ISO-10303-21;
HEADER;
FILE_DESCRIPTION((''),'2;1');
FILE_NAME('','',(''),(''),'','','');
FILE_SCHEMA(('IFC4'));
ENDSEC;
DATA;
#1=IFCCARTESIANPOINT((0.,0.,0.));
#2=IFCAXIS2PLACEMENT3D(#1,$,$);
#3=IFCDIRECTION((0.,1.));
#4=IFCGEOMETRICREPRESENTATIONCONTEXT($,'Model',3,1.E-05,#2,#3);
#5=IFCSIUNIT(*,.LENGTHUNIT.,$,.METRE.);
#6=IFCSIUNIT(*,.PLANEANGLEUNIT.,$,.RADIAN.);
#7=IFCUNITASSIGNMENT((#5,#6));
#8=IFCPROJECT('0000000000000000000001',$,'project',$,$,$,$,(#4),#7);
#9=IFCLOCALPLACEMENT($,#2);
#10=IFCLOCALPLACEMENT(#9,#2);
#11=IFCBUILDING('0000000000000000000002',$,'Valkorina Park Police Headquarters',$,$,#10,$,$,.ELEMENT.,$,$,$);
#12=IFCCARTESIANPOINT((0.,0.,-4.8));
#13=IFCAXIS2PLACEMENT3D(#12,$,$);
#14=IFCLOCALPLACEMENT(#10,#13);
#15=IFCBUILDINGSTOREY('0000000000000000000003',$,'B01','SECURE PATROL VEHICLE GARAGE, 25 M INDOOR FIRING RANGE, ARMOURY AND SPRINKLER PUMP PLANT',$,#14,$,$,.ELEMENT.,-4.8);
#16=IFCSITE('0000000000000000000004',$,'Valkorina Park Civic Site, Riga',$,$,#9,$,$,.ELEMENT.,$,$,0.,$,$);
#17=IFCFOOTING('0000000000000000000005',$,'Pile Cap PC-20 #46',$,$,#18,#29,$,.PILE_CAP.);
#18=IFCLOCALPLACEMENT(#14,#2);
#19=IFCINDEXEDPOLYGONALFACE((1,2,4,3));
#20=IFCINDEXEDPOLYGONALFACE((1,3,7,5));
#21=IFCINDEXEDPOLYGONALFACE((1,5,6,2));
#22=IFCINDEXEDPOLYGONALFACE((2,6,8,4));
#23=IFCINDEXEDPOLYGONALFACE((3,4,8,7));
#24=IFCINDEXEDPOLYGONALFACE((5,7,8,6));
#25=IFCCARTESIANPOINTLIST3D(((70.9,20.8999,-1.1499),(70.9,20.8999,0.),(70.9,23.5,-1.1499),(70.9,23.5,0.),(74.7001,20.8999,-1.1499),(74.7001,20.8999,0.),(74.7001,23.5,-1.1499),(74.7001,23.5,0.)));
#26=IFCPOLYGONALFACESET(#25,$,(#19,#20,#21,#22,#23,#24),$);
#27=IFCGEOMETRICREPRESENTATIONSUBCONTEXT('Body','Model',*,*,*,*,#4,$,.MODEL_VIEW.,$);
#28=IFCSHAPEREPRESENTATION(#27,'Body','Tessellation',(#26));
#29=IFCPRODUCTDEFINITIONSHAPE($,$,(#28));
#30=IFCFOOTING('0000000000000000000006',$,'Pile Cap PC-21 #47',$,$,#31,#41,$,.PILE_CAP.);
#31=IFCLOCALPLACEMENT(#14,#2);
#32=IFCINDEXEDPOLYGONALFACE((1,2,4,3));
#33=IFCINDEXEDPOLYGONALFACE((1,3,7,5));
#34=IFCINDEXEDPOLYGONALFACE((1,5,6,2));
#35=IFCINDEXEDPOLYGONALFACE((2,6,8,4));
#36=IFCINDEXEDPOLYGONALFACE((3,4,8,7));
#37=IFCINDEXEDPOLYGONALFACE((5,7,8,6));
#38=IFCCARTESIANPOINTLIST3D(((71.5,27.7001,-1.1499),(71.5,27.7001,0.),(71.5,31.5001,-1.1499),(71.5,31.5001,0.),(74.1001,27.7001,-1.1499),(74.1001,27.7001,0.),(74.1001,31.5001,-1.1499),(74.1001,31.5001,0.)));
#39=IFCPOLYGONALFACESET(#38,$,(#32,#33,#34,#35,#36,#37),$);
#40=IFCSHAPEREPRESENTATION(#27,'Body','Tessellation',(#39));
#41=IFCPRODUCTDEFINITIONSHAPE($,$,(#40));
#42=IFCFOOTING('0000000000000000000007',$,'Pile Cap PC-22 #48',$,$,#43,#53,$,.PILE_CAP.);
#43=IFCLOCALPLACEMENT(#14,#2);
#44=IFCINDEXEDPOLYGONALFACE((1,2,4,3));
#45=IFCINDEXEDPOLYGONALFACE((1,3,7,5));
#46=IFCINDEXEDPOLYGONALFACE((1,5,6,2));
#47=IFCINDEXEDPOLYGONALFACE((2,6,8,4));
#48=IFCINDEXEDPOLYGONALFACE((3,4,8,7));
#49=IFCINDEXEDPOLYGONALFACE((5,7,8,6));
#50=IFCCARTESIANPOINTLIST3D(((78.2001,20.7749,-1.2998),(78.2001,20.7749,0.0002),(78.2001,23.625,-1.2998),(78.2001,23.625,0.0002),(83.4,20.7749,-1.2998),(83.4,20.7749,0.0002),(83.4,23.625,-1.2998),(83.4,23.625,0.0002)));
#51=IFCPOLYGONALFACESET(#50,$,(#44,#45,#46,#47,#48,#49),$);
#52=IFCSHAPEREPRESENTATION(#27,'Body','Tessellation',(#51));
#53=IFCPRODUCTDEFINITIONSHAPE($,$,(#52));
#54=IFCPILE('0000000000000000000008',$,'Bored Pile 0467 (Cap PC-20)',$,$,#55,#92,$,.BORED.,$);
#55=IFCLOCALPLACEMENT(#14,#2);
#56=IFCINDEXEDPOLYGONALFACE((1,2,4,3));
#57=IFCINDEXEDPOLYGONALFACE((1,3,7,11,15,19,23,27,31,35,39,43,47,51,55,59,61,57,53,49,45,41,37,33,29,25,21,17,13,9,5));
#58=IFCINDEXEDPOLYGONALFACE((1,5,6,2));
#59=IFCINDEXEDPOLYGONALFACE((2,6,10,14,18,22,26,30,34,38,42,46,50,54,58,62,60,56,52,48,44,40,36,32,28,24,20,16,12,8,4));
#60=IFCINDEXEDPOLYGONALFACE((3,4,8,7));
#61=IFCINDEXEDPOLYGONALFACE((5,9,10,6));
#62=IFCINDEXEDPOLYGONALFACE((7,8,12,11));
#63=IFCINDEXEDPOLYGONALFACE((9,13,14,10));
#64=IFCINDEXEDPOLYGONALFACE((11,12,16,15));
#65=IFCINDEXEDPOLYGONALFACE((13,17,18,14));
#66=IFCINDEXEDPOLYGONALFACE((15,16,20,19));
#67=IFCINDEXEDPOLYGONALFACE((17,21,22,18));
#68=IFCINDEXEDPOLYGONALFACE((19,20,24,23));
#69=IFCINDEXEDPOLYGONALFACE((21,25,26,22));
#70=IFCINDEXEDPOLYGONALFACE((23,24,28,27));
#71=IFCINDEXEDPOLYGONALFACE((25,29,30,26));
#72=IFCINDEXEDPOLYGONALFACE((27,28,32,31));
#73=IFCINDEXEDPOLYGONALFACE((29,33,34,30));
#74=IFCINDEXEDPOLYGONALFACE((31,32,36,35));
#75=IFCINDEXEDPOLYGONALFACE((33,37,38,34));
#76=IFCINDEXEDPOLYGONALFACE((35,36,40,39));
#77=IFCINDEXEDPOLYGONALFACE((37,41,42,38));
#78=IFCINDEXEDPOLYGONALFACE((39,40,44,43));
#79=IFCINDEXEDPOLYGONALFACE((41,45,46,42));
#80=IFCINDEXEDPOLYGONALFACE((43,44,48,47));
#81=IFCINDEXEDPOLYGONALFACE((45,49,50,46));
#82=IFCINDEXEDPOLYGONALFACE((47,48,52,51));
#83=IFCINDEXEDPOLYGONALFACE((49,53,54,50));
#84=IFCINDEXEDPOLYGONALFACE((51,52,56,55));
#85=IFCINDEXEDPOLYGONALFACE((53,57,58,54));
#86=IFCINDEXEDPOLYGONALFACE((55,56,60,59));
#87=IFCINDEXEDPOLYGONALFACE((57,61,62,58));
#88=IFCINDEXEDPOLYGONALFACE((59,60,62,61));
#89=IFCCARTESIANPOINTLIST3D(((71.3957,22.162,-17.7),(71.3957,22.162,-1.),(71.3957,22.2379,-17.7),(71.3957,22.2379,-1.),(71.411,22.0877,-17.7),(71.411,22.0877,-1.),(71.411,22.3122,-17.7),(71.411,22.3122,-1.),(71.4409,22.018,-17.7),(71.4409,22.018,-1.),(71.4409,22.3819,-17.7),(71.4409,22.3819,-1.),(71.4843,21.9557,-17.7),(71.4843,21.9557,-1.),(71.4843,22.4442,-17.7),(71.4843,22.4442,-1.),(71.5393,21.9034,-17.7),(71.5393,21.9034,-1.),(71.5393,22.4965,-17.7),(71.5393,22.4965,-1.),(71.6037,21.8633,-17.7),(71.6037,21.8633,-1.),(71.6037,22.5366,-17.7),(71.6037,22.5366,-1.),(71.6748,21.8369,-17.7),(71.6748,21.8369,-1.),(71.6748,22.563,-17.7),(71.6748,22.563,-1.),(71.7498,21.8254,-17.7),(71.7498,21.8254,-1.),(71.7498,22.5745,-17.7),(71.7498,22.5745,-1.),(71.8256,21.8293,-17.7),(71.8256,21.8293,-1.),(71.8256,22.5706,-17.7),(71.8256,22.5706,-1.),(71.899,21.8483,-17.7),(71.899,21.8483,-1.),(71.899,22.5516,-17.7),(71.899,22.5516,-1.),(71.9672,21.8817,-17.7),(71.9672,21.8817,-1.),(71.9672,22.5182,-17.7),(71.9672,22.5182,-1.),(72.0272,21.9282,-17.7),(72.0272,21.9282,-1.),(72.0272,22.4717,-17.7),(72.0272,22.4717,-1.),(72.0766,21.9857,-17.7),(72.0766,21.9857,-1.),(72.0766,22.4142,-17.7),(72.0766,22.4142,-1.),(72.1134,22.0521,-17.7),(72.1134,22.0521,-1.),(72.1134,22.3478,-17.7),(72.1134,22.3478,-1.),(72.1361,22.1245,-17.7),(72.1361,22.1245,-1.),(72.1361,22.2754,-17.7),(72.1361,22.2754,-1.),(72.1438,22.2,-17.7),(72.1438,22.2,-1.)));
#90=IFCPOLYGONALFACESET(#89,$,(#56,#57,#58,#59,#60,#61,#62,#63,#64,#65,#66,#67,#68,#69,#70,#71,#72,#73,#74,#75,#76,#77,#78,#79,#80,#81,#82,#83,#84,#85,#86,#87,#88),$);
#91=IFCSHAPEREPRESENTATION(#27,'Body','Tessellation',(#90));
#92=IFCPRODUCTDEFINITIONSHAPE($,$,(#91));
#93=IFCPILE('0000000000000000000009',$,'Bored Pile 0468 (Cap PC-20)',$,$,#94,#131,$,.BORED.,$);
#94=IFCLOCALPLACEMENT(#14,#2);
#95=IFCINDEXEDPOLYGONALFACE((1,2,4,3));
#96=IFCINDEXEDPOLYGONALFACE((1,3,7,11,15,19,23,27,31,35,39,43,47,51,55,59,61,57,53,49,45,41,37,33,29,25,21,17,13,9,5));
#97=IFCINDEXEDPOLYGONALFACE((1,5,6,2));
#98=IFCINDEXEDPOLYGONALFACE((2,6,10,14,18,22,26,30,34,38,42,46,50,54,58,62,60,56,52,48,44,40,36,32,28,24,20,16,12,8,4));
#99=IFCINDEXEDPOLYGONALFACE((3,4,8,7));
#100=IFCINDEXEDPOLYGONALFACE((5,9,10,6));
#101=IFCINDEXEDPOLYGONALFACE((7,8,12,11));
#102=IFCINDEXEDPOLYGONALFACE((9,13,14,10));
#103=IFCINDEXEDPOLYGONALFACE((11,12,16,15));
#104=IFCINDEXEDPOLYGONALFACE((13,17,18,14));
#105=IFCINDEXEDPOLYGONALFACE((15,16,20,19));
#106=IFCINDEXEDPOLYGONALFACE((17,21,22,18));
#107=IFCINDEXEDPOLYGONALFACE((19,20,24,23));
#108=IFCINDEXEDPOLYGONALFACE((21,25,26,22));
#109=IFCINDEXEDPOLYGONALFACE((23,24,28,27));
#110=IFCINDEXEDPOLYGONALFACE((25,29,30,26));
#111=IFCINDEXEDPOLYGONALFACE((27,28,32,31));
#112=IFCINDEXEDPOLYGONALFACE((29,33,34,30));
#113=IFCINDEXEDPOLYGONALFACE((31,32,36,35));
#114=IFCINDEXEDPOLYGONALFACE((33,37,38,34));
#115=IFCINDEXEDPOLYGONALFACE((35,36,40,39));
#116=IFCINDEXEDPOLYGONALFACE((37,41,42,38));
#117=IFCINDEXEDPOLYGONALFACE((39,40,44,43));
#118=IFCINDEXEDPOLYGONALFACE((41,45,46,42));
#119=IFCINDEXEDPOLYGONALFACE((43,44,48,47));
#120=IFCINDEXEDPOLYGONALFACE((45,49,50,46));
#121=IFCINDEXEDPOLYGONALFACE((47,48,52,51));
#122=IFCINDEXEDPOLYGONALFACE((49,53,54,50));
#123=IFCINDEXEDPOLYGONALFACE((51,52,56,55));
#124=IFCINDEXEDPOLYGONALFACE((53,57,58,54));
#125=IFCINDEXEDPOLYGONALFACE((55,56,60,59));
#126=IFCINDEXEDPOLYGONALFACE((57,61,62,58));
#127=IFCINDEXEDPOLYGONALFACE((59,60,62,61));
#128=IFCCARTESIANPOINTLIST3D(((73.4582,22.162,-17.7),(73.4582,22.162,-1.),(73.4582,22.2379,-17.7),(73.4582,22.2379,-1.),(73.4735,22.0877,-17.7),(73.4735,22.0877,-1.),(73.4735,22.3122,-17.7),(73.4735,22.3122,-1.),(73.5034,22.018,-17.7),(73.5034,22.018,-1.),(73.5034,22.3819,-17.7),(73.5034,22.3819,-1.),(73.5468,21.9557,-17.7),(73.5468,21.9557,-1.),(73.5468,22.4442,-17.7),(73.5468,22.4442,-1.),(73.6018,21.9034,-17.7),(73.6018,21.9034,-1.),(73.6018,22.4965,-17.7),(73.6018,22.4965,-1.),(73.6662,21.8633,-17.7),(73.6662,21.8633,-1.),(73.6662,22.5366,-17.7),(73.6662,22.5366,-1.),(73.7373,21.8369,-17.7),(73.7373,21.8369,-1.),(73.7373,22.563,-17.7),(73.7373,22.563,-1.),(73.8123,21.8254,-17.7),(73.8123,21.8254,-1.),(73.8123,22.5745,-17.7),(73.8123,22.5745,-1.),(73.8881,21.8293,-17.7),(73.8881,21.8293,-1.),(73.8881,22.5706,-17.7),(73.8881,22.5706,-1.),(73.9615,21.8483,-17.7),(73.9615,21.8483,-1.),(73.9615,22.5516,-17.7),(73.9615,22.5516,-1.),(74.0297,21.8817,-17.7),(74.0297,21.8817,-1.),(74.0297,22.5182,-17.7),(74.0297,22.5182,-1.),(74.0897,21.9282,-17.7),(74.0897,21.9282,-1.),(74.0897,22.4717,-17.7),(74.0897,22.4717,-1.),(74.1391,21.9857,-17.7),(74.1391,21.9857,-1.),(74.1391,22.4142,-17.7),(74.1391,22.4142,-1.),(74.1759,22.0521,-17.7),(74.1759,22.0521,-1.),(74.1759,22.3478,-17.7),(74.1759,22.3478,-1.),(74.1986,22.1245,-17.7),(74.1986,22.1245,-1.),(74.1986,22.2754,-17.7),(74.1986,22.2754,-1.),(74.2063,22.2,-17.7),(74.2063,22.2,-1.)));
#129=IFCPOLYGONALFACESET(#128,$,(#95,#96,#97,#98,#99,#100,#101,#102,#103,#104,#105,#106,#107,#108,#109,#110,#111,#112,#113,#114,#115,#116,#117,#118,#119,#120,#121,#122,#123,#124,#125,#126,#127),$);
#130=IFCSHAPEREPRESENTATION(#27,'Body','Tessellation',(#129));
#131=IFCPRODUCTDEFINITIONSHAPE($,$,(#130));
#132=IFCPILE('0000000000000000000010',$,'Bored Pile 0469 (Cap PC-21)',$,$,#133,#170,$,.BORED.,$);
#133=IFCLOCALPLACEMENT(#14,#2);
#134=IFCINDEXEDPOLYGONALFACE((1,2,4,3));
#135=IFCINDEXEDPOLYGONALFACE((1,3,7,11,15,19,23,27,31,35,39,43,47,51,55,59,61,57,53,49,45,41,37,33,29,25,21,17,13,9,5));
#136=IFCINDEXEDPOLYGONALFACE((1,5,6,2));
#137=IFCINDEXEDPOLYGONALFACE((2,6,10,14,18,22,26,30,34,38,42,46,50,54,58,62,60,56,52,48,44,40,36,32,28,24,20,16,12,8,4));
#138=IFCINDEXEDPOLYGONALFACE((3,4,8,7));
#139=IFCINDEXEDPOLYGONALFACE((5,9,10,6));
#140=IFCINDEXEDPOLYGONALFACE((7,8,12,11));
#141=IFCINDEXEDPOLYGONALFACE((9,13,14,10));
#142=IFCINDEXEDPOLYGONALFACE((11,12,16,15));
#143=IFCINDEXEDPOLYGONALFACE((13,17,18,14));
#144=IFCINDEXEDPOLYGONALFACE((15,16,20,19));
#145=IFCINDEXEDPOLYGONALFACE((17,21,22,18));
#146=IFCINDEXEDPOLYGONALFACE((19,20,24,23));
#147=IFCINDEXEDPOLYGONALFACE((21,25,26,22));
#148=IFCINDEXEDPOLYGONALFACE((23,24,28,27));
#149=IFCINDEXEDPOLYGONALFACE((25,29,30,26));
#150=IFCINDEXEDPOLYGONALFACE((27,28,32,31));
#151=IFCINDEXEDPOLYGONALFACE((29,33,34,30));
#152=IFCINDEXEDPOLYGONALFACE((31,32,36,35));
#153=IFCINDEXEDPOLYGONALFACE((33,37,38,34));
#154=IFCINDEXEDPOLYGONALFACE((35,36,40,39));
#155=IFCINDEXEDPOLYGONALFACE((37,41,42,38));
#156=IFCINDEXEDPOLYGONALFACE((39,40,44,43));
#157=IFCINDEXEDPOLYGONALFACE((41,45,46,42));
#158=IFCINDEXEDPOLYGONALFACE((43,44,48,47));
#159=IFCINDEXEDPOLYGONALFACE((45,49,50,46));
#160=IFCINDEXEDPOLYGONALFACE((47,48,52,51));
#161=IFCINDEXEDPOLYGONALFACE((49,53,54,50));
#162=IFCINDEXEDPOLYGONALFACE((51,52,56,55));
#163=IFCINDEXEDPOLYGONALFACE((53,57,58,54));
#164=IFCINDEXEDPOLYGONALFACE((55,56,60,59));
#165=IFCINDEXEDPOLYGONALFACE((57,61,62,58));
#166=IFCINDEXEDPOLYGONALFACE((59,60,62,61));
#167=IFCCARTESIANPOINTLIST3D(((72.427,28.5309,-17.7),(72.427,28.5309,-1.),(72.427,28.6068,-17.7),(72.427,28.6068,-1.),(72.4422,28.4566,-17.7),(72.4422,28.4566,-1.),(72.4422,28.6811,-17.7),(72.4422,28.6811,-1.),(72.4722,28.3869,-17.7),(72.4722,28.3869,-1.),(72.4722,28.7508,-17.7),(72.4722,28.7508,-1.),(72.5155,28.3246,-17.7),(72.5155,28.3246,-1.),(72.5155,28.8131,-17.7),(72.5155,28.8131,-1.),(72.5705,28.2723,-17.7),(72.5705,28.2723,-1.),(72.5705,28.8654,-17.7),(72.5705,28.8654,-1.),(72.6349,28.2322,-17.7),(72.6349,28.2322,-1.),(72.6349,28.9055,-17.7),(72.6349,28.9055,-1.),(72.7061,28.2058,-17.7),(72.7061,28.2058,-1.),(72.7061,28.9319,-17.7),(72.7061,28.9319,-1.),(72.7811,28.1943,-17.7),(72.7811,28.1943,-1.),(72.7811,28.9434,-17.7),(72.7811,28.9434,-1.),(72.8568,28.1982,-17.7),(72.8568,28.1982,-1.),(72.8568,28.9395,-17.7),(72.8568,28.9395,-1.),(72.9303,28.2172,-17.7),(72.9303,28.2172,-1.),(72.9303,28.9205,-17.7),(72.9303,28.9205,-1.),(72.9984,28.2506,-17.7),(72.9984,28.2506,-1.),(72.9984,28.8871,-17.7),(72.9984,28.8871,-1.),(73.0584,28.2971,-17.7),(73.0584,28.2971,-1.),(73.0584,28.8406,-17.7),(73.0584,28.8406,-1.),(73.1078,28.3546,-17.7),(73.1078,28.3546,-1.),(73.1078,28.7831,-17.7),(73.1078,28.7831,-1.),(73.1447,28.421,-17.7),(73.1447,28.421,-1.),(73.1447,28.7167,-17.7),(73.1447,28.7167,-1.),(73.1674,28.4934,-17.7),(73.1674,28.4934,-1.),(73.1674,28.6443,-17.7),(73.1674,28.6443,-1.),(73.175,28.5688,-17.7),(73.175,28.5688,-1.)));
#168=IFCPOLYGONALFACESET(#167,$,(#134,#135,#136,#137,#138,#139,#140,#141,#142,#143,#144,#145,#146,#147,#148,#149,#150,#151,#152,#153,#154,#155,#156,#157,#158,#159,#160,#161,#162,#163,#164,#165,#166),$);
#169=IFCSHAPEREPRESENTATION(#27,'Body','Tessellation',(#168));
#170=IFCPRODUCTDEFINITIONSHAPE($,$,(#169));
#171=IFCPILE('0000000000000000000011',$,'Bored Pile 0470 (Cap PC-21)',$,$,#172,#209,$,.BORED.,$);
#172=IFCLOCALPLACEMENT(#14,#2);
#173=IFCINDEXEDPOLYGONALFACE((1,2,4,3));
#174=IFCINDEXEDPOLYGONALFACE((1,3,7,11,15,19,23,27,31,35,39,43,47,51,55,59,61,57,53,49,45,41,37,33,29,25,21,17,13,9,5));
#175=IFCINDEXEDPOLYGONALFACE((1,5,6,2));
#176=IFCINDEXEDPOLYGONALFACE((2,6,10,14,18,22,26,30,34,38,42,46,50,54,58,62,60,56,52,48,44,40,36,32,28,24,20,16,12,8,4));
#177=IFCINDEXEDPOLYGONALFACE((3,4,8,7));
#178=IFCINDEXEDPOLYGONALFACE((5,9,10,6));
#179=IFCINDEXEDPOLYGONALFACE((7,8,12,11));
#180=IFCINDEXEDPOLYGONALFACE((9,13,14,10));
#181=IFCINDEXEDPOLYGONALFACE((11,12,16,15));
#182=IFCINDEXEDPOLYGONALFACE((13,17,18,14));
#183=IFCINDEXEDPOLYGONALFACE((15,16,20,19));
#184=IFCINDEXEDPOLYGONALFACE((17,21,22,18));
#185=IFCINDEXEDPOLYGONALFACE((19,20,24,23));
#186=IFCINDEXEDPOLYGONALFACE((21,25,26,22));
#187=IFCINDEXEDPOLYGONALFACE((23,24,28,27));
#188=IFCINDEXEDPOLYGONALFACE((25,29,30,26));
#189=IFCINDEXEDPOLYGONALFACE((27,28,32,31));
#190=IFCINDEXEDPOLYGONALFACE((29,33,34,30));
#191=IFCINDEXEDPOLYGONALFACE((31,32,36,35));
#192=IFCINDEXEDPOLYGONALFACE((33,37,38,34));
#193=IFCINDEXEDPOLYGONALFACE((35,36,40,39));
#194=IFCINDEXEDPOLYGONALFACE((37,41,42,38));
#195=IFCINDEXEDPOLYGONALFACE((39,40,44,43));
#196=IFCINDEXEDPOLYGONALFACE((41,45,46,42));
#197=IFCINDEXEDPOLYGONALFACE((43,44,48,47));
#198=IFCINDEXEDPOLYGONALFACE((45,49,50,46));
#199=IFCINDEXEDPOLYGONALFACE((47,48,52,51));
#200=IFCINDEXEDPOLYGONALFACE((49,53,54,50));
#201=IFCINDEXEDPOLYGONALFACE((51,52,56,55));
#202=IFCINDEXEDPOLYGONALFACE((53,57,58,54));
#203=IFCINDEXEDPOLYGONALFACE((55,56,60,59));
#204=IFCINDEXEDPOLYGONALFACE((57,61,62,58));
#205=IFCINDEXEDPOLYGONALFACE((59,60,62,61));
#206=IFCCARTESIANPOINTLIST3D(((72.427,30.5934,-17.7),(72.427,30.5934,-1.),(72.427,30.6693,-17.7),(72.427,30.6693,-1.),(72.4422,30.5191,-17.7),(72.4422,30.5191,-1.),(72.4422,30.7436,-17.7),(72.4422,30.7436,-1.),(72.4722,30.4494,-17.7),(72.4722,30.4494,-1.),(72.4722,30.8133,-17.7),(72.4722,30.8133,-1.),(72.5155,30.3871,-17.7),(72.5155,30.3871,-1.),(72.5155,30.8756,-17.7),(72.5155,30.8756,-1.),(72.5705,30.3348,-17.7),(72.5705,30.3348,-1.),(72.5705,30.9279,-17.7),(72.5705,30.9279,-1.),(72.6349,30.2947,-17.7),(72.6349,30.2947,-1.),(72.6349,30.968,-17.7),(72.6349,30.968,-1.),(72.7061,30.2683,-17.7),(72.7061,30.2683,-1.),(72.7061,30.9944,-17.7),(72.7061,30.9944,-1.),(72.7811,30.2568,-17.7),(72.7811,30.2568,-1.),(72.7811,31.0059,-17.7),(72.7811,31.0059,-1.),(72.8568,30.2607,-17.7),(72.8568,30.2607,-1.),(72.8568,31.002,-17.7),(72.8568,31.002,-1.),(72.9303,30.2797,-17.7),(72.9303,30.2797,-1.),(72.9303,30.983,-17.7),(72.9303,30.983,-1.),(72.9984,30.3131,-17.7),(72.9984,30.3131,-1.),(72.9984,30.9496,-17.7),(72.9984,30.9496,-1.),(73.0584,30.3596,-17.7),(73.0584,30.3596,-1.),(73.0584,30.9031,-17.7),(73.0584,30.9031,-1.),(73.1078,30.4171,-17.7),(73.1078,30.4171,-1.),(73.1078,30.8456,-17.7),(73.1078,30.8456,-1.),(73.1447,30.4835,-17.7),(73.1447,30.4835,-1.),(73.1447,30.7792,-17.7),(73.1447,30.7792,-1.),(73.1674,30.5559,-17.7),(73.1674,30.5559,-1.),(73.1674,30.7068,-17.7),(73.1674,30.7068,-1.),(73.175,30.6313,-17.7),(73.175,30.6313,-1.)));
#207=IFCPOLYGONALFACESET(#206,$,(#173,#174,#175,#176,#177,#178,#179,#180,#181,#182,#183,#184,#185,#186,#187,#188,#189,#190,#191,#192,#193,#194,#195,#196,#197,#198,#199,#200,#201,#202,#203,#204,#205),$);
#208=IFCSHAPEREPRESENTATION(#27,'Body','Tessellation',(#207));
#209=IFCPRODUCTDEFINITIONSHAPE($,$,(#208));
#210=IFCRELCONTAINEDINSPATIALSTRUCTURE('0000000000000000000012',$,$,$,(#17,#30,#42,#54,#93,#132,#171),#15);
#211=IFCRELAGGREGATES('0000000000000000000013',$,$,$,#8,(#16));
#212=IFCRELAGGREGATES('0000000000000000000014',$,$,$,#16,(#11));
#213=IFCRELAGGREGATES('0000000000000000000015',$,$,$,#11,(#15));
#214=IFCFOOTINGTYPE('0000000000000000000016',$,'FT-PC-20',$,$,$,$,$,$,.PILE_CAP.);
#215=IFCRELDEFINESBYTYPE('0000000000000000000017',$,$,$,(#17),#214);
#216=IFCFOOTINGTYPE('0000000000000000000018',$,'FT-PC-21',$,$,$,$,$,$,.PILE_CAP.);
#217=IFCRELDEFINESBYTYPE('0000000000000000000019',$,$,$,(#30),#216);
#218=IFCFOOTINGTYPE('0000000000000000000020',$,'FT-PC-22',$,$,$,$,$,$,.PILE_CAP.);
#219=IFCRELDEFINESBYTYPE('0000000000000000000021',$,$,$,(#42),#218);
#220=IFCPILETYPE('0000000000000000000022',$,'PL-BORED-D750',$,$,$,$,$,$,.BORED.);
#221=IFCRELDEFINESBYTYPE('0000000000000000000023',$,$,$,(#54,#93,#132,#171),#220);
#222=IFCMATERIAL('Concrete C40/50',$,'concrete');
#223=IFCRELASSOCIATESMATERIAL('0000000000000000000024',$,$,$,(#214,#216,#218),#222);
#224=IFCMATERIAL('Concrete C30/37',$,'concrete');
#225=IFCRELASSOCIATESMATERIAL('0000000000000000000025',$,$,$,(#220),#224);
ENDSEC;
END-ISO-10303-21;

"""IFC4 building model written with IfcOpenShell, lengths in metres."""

from ifc_helpers import new_model, si_unit, direction, frame, origin, origin_2d, place, context, subcontext, project, spatial, rectangle, circle, extrude, material, material_profile, profile_set, type_object, element, save


model = new_model("IFC4")

# Units and contexts
model_context = context("Model", 3, precision=1e-05, world=origin(), true_north=direction((0.0, 1.0)))
body_context = subcontext(model_context, "Body", "Model", "MODEL_VIEW")
ifc_project = project(units=[si_unit("LENGTHUNIT", "METRE"), si_unit("PLANEANGLEUNIT", "RADIAN")], contexts=[model_context])

# Site, building, storey
site_placement = place(None, origin())
site = spatial("IfcSite", under=ifc_project, at=site_placement, Name="Valkorina Park Civic Site, Riga", CompositionType="ELEMENT", RefElevation=0.0)
building_placement = place(site_placement, origin())
building = spatial("IfcBuilding", under=site, at=building_placement, Name="Valkorina Park Police Headquarters", CompositionType="ELEMENT")
storey_placement = place(building_placement, frame((0.0, 0.0, -4.8)))
storey = spatial("IfcBuildingStorey", under=building, at=storey_placement, Name="B01", Description="SECURE PATROL VEHICLE GARAGE, 25 M INDOOR FIRING RANGE, ARMOURY AND SPRINKLER PUMP PLANT", CompositionType="ELEMENT", Elevation=-4.8)

# Footings
ifc_material_1 = material(Name="Concrete C40/50", Category="concrete")
footing_type_1 = type_object("IfcFootingType", Name="FT-PC-20", PredefinedType="PILE_CAP", material=ifc_material_1)
footing_1_placement = place(storey_placement, frame((72.8, 22.2, -1.1499), z_axis=(0.0, 0.0, 1.0), x_axis=(1.0, 0.0, 0.0)))
element("IfcFooting", 1, at=footing_1_placement, inside=storey, type_object=footing_type_1, Name="Pile Cap PC-20 #46", PredefinedType="PILE_CAP", context=body_context, shape_type="SweptSolid", body=[
    extrude(rectangle(XDim=3.8, YDim=2.6001, at=origin_2d()), origin(), (0.0, 0.0, 1.0), 1.1499),
])
footing_type_2 = type_object("IfcFootingType", Name="FT-PC-21", PredefinedType="PILE_CAP", material=ifc_material_1)
footing_2_placement = place(storey_placement, frame((72.8, 29.6001, -1.1499), z_axis=(0.0, 0.0, 1.0), x_axis=(1.0, 0.0, 0.0)))
element("IfcFooting", 2, at=footing_2_placement, inside=storey, type_object=footing_type_2, Name="Pile Cap PC-21 #47", PredefinedType="PILE_CAP", context=body_context, shape_type="SweptSolid", body=[
    extrude(rectangle(XDim=2.6001, YDim=3.8, at=origin_2d()), origin(), (0.0, 0.0, 1.0), 1.1499),
])
footing_type_3 = type_object("IfcFootingType", Name="FT-PC-22", PredefinedType="PILE_CAP", material=ifc_material_1)
footing_3_placement = place(storey_placement, frame((80.8, 22.2, -1.2998), z_axis=(0.0, 0.0, 1.0), x_axis=(1.0, 0.0, 0.0)))
element("IfcFooting", 3, at=footing_3_placement, inside=storey, type_object=footing_type_3, Name="Pile Cap PC-22 #48", PredefinedType="PILE_CAP", context=body_context, shape_type="SweptSolid", body=[
    extrude(rectangle(XDim=5.2, YDim=2.8501, at=origin_2d()), origin(), (0.0, 0.0, 1.0), 1.3),
])

# Piles
ifc_material_2 = material(Name="Concrete C30/37", Category="concrete")
ifc_material_profile_1 = material_profile(ifc_material_2, circle(Radius=0.375, at=origin_2d()), Name="BORED PILE D750")
ifc_profile_set_1 = profile_set([ifc_material_profile_1], Name="Concrete C30/37")
pile_type_1 = type_object("IfcPileType", Name="PL-BORED-D750", PredefinedType="BORED", material=ifc_profile_set_1)
for number, where, z_axis, x_axis, name in (
    (4, (71.7688, 22.2, -1.0), (0.0, 0.0, -1.0), (1.0, 0.0, 0.0), "Bored Pile 0467 (Cap PC-20)"),
    (5, (73.8313, 22.2, -1.0), (0.0, 0.0, -1.0), (1.0, 0.0, 0.0), "Bored Pile 0468 (Cap PC-20)"),
    (6, (72.8, 28.5688, -1.0), (0.0, 0.0, -1.0), (1.0, 0.0, 0.0), "Bored Pile 0469 (Cap PC-21)"),
    (7, (72.8, 30.6313, -1.0), (0.0, 0.0, -1.0), (1.0, 0.0, 0.0), "Bored Pile 0470 (Cap PC-21)"),
):
    element("IfcPile", number, at=place(storey_placement, frame(where, z_axis=z_axis, x_axis=x_axis)), inside=storey, type_object=pile_type_1, Name=name, PredefinedType="BORED", context=body_context, shape_type="SweptSolid", body=[
        extrude(circle(Radius=0.375, at=origin_2d()), origin(), (0.0, 0.0, 1.0), 16.7),
    ])

save(model, "model.ifc")
